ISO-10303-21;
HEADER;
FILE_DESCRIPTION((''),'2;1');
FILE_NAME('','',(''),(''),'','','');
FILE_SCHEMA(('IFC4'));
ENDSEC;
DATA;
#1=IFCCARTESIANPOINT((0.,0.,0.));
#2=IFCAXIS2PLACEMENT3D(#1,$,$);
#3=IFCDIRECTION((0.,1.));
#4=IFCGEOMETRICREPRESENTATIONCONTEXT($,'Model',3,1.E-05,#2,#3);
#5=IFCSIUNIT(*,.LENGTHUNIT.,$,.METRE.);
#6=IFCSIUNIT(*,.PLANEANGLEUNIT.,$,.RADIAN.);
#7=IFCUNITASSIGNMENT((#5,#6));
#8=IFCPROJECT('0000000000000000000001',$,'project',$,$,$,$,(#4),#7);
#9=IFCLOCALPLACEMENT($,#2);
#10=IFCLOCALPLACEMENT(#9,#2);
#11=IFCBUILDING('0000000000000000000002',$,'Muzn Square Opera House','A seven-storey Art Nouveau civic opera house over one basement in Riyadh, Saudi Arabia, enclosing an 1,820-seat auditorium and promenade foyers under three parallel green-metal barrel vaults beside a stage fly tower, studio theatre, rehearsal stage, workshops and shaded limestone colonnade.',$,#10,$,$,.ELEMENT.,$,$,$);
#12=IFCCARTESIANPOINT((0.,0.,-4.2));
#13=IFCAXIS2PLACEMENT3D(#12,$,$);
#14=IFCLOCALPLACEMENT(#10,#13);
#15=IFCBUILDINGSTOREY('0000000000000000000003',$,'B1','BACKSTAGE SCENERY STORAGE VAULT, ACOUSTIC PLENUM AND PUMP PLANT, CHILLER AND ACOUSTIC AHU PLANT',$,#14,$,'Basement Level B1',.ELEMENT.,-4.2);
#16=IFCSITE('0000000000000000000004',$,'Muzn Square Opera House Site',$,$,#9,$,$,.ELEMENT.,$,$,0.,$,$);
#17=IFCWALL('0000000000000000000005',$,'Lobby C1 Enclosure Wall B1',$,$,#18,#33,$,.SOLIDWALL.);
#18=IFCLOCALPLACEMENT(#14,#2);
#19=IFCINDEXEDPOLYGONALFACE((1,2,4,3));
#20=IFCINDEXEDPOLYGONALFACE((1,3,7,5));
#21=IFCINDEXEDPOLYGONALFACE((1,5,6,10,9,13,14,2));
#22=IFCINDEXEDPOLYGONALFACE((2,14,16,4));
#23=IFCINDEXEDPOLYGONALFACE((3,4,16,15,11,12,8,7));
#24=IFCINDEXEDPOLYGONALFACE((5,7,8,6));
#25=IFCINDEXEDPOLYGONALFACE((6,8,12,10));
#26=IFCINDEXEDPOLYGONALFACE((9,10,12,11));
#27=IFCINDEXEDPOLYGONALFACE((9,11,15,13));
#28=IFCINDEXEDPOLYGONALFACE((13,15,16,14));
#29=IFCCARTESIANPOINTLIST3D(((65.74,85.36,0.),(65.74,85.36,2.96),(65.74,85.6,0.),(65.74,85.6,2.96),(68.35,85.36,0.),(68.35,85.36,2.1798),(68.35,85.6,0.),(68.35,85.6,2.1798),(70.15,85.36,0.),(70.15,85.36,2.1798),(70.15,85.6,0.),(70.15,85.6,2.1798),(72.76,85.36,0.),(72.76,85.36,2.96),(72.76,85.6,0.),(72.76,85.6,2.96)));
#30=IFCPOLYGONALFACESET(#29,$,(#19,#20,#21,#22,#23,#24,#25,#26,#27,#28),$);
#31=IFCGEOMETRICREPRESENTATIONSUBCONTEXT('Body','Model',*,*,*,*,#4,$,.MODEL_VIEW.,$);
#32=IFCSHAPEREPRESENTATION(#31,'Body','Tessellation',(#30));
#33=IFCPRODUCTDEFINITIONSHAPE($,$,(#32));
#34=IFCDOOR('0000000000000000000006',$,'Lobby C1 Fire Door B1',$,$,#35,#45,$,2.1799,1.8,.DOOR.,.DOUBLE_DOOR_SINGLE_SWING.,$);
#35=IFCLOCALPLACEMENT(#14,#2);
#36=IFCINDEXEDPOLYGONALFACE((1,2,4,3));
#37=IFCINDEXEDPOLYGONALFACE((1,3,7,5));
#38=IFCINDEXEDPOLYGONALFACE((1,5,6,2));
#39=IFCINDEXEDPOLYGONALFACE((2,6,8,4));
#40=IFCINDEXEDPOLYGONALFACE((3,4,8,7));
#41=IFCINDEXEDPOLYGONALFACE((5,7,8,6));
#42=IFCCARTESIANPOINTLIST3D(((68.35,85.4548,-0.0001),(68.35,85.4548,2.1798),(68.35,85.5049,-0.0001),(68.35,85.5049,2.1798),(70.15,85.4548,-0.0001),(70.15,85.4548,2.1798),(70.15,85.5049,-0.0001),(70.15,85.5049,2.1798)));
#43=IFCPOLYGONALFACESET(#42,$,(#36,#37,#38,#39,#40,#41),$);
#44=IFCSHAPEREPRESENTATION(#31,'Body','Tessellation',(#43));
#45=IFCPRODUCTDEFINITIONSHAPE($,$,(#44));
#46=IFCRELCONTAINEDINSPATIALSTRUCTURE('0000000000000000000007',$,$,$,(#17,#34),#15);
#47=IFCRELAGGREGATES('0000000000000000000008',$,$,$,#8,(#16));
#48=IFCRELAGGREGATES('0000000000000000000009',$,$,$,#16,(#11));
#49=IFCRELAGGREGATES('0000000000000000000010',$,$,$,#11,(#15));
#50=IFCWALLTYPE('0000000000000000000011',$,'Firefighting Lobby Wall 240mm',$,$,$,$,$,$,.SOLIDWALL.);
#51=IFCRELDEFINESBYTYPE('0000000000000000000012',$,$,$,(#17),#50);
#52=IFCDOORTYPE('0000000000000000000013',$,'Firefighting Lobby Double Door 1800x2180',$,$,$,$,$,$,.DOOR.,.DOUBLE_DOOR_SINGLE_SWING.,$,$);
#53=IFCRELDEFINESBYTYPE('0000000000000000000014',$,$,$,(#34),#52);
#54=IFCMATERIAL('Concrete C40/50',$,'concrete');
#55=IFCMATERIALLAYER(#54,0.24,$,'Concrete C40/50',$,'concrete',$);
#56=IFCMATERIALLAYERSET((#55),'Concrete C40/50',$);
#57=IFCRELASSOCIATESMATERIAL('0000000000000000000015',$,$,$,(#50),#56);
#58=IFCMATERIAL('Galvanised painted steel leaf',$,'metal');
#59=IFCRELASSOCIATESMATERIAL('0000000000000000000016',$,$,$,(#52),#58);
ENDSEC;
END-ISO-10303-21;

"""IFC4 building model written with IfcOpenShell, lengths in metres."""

from ifc_helpers import new_model, si_unit, direction, frame, frame_2d, origin, place, context, subcontext, project, spatial, rectangle, extrude, material, layer, layer_set, type_object, element, fill, save


model = new_model("IFC4")

# Units and contexts
model_context = context("Model", 3, precision=1e-05, world=origin(), true_north=direction((0.0, 1.0)))
body_context = subcontext(model_context, "Body", "Model", "MODEL_VIEW")
ifc_project = project(units=[si_unit("LENGTHUNIT", "METRE"), si_unit("PLANEANGLEUNIT", "RADIAN")], contexts=[model_context])

# Site, building, storey
site_placement = place(None, origin())
site = spatial("IfcSite", under=ifc_project, at=site_placement, Name="Muzn Square Opera House Site", CompositionType="ELEMENT", RefElevation=0.0)
building_placement = place(site_placement, origin())
building = spatial("IfcBuilding", under=site, at=building_placement, Name="Muzn Square Opera House", Description="A seven-storey Art Nouveau civic opera house over one basement in Riyadh, Saudi Arabia, enclosing an 1,820-seat auditorium and promenade foyers under three parallel green-metal barrel vaults beside a stage fly tower, studio theatre, rehearsal stage, workshops and shaded limestone colonnade.", CompositionType="ELEMENT")
storey_placement = place(building_placement, frame((0.0, 0.0, -4.2)))
storey = spatial("IfcBuildingStorey", under=building, at=storey_placement, Name="B1", Description="BACKSTAGE SCENERY STORAGE VAULT, ACOUSTIC PLENUM AND PUMP PLANT, CHILLER AND ACOUSTIC AHU PLANT", LongName="Basement Level B1", CompositionType="ELEMENT", Elevation=-4.2)

# Shared definitions
ifc_material_1 = material(Name="Concrete C40/50", Category="concrete")

# Wall, opening, door
ifc_layer = layer(ifc_material_1, 0.24, Name="Concrete C40/50", Category="concrete")
ifc_layer_set = layer_set([ifc_layer], Name="Concrete C40/50")
wall_type = type_object("IfcWallType", Name="Firefighting Lobby Wall 240mm", PredefinedType="SOLIDWALL", material=ifc_layer_set)
wall_placement = place(storey_placement, frame((65.74, 85.48, 0.0), z_axis=(0.0, 0.0, 1.0), x_axis=(1.0, 0.0, 0.0)))
wall = element("IfcWall", 1, at=wall_placement, inside=storey, type_object=wall_type, Name="Lobby C1 Enclosure Wall B1", PredefinedType="SOLIDWALL", context=body_context, shape_type="SweptSolid", body=[
    extrude(rectangle(XDim=7.02, YDim=0.24, at=frame_2d((3.51, 0.0))), origin(), (0.0, 0.0, 1.0), 2.96),
])
opening_placement = place(wall_placement, frame((2.6101, 0.0, 0.0)))
opening = element("IfcOpeningElement", 2, at=opening_placement, cuts=wall, PredefinedType="OPENING", context=body_context, shape_type="SweptSolid", body=[
    extrude(rectangle(XDim=1.8, YDim=2.1799, at=frame_2d((0.8999, 1.0898))), frame((0.0, 0.1299, 0.0), z_axis=(0.0, -1.0, 0.0), x_axis=(1.0, 0.0, 0.0)), (0.0, 0.0, 1.0), 0.26),
])
ifc_material_2 = material(Name="Galvanised painted steel leaf", Category="metal")
door_type = type_object("IfcDoorType", Name="Firefighting Lobby Double Door 1800x2180", OperationType="DOUBLE_DOOR_SINGLE_SWING", PredefinedType="DOOR", material=ifc_material_2)
door_placement = place(opening_placement, origin())
door = element("IfcDoor", 3, at=door_placement, inside=storey, type_object=door_type, Name="Lobby C1 Fire Door B1", OperationType="DOUBLE_DOOR_SINGLE_SWING", OverallHeight=2.1799, OverallWidth=1.8, PredefinedType="DOOR", context=body_context, shape_type="SweptSolid", body=[
    extrude(rectangle(XDim=1.8, YDim=2.1799, at=frame_2d((0.8999, 1.0898))), frame((0.0, 0.0249, 0.0), z_axis=(0.0, -1.0, 0.0), x_axis=(1.0, 0.0, 0.0)), (0.0, 0.0, 1.0), 0.05),
])
fill(opening, door)

save(model, "model.ifc")
